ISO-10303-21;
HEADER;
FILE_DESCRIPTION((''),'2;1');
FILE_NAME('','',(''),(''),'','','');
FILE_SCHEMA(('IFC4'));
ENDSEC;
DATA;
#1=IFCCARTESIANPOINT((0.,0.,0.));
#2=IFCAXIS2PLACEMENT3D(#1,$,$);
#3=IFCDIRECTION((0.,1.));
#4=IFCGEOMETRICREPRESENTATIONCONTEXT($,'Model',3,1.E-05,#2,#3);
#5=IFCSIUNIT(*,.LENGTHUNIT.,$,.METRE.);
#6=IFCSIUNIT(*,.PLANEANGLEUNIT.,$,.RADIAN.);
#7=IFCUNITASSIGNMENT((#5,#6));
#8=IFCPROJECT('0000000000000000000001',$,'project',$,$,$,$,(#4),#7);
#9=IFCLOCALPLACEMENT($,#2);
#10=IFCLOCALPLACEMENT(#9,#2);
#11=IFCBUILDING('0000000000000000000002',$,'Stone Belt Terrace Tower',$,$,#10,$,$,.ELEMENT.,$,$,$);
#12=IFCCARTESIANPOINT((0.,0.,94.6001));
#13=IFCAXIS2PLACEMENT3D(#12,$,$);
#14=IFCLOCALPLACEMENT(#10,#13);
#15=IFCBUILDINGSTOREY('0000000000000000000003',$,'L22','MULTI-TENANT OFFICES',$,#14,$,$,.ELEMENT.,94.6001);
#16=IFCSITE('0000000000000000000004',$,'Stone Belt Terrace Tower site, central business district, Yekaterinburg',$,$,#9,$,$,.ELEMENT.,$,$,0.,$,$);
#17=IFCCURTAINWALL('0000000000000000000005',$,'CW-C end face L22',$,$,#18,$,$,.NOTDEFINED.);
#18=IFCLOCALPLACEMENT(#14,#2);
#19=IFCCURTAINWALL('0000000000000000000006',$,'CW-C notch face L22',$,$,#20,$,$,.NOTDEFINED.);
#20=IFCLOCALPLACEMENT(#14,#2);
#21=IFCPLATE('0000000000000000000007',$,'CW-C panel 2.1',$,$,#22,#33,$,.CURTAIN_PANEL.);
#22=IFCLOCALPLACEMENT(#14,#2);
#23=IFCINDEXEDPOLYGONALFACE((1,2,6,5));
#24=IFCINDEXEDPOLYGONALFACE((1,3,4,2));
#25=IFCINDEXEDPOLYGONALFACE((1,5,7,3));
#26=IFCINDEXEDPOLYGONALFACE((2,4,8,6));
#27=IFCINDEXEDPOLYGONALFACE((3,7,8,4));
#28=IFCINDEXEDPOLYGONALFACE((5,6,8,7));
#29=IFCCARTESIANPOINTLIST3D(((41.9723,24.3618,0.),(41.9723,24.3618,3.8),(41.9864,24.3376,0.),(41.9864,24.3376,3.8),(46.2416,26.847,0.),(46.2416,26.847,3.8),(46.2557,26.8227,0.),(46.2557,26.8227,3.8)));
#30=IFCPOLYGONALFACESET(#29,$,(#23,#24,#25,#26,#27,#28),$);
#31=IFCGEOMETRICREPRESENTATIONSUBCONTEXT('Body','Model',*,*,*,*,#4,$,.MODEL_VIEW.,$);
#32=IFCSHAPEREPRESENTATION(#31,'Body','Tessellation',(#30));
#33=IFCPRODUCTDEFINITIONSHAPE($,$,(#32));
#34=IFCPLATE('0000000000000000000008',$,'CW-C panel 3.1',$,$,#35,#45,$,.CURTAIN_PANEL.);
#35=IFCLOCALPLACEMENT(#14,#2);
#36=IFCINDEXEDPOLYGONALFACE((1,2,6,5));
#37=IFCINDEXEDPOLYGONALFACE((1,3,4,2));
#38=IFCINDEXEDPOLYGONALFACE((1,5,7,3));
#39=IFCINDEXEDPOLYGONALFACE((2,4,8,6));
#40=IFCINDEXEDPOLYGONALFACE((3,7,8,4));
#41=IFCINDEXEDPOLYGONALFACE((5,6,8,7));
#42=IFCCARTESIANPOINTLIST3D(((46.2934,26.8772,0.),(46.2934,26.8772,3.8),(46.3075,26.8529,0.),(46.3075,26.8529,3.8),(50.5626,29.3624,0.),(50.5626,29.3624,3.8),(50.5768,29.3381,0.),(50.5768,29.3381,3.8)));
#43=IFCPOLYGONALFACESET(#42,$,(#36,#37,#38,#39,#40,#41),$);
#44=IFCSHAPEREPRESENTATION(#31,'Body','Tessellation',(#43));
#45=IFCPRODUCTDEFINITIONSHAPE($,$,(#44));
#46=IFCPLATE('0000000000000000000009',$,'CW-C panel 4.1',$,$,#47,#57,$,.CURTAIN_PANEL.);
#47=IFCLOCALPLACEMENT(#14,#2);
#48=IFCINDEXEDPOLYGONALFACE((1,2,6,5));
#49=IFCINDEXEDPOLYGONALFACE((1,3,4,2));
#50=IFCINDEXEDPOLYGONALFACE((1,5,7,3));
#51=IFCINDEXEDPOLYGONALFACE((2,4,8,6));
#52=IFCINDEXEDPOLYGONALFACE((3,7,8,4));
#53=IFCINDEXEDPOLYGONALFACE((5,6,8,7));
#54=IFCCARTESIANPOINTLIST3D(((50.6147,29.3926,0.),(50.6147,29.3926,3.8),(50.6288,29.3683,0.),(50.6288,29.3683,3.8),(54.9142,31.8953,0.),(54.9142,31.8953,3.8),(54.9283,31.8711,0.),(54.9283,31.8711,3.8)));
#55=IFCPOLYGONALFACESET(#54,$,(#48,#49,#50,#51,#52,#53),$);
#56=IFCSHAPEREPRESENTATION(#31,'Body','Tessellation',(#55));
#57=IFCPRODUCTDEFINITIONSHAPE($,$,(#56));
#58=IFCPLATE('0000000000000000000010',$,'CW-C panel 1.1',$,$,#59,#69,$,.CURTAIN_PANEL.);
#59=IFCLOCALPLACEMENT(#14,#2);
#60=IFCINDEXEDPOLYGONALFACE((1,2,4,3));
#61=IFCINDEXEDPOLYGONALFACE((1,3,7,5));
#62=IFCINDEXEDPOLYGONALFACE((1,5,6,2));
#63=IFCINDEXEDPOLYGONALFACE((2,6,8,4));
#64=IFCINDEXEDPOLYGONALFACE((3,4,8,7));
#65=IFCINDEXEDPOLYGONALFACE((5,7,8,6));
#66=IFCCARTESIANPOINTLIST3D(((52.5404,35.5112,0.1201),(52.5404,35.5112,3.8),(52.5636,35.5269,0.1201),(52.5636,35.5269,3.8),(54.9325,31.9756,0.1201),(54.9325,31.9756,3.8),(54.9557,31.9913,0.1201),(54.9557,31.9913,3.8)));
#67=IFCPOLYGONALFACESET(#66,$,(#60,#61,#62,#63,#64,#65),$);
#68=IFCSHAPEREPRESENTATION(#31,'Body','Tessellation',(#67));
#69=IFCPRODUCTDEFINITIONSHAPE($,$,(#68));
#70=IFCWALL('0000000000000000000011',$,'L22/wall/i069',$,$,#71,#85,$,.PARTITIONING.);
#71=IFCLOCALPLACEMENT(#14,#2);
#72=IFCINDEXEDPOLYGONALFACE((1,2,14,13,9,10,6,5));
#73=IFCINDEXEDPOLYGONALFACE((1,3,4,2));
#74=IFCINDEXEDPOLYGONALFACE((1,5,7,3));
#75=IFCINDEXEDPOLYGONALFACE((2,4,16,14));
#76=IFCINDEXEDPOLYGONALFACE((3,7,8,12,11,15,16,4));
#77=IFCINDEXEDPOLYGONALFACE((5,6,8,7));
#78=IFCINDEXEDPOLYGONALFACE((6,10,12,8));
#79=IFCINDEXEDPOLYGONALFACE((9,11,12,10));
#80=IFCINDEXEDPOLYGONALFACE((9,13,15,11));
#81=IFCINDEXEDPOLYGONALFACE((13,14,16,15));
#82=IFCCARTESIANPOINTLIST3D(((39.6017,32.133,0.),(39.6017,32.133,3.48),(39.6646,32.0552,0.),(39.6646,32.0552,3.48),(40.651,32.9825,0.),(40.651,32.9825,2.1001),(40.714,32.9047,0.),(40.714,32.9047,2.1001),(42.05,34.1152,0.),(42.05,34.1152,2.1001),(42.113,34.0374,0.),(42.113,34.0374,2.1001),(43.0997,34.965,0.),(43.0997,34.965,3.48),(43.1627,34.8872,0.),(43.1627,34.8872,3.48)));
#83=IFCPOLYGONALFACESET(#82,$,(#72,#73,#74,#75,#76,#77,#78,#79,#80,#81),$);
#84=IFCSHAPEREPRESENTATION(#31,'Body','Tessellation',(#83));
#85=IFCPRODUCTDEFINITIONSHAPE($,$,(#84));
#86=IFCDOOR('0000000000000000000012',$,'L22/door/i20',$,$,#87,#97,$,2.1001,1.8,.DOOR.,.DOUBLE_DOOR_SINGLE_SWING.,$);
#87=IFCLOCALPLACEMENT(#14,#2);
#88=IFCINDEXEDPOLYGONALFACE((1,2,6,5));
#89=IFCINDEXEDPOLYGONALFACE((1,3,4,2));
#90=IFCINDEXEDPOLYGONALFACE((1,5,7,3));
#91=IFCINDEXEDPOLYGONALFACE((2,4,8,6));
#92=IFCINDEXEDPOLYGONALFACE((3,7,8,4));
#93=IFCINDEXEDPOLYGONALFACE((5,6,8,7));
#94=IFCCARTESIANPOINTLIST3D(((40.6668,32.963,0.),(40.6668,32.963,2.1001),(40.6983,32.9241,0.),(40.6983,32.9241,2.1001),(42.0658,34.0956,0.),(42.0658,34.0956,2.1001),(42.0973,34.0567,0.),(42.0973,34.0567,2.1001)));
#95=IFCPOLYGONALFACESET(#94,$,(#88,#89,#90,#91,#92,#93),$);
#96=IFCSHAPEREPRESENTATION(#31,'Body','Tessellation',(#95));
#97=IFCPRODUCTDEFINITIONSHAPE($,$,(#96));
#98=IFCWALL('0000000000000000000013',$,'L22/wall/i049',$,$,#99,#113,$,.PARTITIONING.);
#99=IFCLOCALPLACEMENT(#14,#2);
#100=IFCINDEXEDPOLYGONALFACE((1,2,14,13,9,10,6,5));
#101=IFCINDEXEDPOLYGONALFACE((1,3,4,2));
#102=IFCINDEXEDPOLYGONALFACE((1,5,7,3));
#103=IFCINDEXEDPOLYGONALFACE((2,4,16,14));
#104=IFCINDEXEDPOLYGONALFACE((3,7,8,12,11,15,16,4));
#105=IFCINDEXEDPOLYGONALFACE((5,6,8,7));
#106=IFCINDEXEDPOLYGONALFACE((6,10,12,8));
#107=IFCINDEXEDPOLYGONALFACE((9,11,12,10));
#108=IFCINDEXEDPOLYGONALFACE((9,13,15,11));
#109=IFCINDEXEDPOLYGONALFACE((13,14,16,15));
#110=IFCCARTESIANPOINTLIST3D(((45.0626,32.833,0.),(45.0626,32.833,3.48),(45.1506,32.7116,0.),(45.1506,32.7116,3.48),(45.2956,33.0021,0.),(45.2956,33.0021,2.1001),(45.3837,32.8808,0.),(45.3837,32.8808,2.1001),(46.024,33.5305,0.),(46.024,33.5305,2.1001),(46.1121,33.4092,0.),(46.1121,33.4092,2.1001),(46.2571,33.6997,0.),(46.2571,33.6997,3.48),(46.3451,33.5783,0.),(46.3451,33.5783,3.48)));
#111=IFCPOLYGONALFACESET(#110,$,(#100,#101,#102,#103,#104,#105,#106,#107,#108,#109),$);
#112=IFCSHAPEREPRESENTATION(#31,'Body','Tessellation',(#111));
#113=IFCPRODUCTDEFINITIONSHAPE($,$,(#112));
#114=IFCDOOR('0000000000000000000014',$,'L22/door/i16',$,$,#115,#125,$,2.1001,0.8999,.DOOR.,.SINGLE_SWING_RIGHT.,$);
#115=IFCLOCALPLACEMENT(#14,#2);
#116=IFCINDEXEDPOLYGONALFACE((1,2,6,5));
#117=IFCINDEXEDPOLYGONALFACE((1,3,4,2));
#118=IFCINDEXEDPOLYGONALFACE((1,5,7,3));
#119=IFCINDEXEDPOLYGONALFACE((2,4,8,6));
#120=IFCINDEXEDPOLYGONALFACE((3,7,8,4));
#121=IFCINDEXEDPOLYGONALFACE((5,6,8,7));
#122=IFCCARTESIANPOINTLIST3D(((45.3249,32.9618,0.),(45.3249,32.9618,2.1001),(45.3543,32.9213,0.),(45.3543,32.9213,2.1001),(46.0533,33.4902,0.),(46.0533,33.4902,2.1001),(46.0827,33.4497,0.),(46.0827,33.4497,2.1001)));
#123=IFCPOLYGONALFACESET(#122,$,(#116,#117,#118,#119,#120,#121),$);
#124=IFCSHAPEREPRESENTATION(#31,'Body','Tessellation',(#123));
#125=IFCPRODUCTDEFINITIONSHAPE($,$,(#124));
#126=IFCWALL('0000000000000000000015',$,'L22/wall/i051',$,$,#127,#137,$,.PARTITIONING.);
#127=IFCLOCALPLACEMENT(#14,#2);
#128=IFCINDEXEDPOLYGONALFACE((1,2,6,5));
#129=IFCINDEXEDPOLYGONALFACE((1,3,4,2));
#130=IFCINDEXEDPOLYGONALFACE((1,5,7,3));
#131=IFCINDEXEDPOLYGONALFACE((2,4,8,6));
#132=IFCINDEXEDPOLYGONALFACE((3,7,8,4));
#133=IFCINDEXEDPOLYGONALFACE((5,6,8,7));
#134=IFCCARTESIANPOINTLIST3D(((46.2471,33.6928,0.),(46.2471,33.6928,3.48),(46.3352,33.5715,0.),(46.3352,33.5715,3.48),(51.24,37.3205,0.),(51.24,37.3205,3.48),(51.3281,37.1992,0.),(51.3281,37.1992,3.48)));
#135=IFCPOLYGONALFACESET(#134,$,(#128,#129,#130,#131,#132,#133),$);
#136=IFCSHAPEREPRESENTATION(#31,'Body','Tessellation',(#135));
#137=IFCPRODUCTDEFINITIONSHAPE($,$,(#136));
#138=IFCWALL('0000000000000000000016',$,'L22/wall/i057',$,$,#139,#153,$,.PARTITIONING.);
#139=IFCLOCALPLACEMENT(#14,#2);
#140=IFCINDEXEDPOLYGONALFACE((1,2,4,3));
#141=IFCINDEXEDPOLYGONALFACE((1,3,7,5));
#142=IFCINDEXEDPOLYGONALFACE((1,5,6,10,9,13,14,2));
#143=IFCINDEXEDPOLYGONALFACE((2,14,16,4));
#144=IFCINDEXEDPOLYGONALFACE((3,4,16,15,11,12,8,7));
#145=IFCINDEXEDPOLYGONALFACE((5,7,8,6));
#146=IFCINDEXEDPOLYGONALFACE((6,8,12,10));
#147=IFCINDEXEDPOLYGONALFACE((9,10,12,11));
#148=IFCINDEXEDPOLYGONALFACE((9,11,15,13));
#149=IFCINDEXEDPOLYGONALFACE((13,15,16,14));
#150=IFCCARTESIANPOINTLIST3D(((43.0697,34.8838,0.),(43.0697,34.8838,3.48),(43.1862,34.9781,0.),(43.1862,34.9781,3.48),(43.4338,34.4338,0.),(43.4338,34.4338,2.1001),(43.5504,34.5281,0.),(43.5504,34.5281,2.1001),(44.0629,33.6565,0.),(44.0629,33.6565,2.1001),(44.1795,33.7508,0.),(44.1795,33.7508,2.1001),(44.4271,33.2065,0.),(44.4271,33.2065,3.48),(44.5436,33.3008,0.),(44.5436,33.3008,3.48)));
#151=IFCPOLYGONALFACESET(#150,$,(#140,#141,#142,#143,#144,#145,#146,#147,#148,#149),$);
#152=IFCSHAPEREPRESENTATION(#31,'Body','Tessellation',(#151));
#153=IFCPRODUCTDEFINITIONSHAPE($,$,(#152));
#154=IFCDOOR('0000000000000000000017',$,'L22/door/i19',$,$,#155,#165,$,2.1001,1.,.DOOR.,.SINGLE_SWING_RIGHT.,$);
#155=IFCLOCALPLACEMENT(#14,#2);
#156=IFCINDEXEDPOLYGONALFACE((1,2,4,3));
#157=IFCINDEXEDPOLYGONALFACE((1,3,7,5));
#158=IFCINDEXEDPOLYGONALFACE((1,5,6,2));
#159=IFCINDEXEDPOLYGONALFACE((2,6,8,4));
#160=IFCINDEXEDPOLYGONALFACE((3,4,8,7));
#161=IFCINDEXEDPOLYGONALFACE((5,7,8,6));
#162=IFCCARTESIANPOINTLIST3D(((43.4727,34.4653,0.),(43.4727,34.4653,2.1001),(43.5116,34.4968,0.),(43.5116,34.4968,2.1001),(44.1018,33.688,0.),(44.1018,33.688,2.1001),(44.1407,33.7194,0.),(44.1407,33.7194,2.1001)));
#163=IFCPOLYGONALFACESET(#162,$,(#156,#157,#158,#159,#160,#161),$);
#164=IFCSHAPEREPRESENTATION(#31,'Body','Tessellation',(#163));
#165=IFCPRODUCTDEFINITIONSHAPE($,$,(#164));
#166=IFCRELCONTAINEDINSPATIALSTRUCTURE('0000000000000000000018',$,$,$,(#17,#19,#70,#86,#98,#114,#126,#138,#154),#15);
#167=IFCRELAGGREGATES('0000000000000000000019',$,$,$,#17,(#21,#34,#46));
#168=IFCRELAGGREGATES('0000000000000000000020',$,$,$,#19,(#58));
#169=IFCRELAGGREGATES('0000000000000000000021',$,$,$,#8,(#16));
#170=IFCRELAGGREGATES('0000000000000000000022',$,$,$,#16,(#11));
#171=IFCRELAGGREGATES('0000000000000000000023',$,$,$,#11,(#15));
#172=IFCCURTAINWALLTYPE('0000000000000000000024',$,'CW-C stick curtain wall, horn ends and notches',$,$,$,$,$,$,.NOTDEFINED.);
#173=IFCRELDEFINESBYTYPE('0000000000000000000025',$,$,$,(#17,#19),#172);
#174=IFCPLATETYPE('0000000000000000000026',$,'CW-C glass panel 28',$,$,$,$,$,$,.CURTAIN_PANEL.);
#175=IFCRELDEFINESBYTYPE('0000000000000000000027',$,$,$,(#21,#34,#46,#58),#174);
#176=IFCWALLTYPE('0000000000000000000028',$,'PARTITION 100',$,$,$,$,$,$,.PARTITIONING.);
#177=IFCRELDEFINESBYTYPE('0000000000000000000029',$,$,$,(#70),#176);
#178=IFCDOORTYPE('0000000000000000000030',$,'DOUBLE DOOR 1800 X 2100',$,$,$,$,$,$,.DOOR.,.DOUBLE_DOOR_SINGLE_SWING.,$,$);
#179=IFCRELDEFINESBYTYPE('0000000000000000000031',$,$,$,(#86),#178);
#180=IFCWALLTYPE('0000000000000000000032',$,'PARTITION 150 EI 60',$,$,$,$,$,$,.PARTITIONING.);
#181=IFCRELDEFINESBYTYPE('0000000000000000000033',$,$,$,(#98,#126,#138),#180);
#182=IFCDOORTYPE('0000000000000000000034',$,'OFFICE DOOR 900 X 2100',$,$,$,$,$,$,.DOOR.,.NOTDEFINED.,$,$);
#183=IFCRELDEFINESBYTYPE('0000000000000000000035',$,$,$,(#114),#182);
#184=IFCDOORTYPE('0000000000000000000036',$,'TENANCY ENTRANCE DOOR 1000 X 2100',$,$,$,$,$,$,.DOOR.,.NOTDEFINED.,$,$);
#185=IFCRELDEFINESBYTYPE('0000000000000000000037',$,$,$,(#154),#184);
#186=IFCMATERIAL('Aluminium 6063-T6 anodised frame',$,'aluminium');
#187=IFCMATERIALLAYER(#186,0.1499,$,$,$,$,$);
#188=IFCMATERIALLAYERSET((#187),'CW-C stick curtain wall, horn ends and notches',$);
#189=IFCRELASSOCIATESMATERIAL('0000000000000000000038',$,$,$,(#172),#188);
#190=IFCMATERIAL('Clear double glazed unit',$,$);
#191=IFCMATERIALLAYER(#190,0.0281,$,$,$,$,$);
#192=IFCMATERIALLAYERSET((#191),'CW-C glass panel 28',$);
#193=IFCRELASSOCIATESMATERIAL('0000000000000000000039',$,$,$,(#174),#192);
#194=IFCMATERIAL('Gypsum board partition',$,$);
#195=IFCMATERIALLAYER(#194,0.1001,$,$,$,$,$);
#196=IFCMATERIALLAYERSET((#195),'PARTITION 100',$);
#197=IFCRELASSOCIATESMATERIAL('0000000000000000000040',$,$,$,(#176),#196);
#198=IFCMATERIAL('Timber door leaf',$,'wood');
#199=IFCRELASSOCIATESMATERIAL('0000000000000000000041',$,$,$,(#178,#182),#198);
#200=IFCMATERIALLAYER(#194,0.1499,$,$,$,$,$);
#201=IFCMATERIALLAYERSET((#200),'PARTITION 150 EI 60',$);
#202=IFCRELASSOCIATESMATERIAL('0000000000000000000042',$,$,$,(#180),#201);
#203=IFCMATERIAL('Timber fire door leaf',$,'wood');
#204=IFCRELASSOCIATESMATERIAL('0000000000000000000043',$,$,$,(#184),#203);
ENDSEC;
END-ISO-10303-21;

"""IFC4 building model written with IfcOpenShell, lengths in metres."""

from ifc_helpers import new_model, si_unit, direction, frame, frame_2d, origin, origin_2d, place, context, subcontext, project, spatial, rectangle, extrude, material, layer, layer_set, type_object, element, fill, aggregate, save


model = new_model("IFC4")

# Units and contexts
model_context = context("Model", 3, precision=1e-05, world=origin(), true_north=direction((0.0, 1.0)))
body_context = subcontext(model_context, "Body", "Model", "MODEL_VIEW")
ifc_project = project(units=[si_unit("LENGTHUNIT", "METRE"), si_unit("PLANEANGLEUNIT", "RADIAN")], contexts=[model_context])

# Site, building, storey
site_placement = place(None, origin())
site = spatial("IfcSite", under=ifc_project, at=site_placement, Name="Stone Belt Terrace Tower site, central business district, Yekaterinburg", CompositionType="ELEMENT", RefElevation=0.0)
building_placement = place(site_placement, origin())
building = spatial("IfcBuilding", under=site, at=building_placement, Name="Stone Belt Terrace Tower", CompositionType="ELEMENT")
storey_placement = place(building_placement, frame((0.0, 0.0, 94.6001)))
storey = spatial("IfcBuildingStorey", under=building, at=storey_placement, Name="L22", Description="MULTI-TENANT OFFICES", CompositionType="ELEMENT", Elevation=94.6001)

# Curtain wall
ifc_material_1 = material(Name="Aluminium 6063-T6 anodised frame", Category="aluminium")
ifc_layer_1 = layer(ifc_material_1, 0.1499)
ifc_layer_set_1 = layer_set([ifc_layer_1], Name="CW-C stick curtain wall, horn ends and notches")
curtain_wall_type = type_object("IfcCurtainWallType", Name="CW-C stick curtain wall, horn ends and notches", PredefinedType="NOTDEFINED", material=ifc_layer_set_1)
curtain_wall_1_placement = place(storey_placement, origin())
curtain_wall_1 = element("IfcCurtainWall", 1, at=curtain_wall_1_placement, inside=storey, type_object=curtain_wall_type, Name="CW-C end face L22", PredefinedType="NOTDEFINED")

# Curtain wall
curtain_wall_2_placement = place(storey_placement, origin())
curtain_wall_2 = element("IfcCurtainWall", 2, at=curtain_wall_2_placement, inside=storey, type_object=curtain_wall_type, Name="CW-C notch face L22", PredefinedType="NOTDEFINED")

# Plates
ifc_material_2 = material(Name="Clear double glazed unit")
ifc_layer_2 = layer(ifc_material_2, 0.0281)
ifc_layer_set_2 = layer_set([ifc_layer_2], Name="CW-C glass panel 28")
plate_type = type_object("IfcPlateType", Name="CW-C glass panel 28", PredefinedType="CURTAIN_PANEL", material=ifc_layer_set_2)
plate_1_placement = place(storey_placement, frame((44.114, 25.5923, 0.0), z_axis=(0.0, 0.0, 1.0), x_axis=(0.864239, 0.503081, 0.0)))
plate_1 = element("IfcPlate", 3, at=plate_1_placement, type_object=plate_type, Name="CW-C panel 2.1", PredefinedType="CURTAIN_PANEL", context=body_context, shape_type="SweptSolid", body=[
    extrude(rectangle(XDim=4.9399, YDim=0.0281, at=origin_2d()), origin(), (0.0, 0.0, 1.0), 3.8),
])
plate_2_placement = place(storey_placement, frame((48.4351, 28.1077, 0.0), z_axis=(0.0, 0.0, 1.0), x_axis=(0.864239, 0.503081, 0.0)))
plate_2 = element("IfcPlate", 4, at=plate_2_placement, type_object=plate_type, Name="CW-C panel 3.1", PredefinedType="CURTAIN_PANEL", context=body_context, shape_type="SweptSolid", body=[
    extrude(rectangle(XDim=4.9399, YDim=0.0281, at=origin_2d()), origin(), (0.0, 0.0, 1.0), 3.8),
])
plate_3_placement = place(storey_placement, frame((52.7715, 30.6318, 0.0), z_axis=(0.0, 0.0, 1.0), x_axis=(0.864239, 0.503081, 0.0)))
plate_3 = element("IfcPlate", 5, at=plate_3_placement, type_object=plate_type, Name="CW-C panel 4.1", PredefinedType="CURTAIN_PANEL", context=body_context, shape_type="SweptSolid", body=[
    extrude(rectangle(XDim=4.9749, YDim=0.0281, at=origin_2d()), origin(), (0.0, 0.0, 1.0), 3.8),
])
aggregate(curtain_wall_1, [plate_1, plate_2, plate_3])
plate_4_placement = place(storey_placement, frame((53.748, 33.7512, 0.1201), z_axis=(0.0, 0.0, 1.0), x_axis=(-0.560367, 0.828244, 0.0)))
plate_4 = element("IfcPlate", 6, at=plate_4_placement, type_object=plate_type, Name="CW-C panel 1.1", PredefinedType="CURTAIN_PANEL", context=body_context, shape_type="SweptSolid", body=[
    extrude(rectangle(XDim=4.2688, YDim=0.0281, at=origin_2d()), origin(), (0.0, 0.0, 1.0), 3.6799),
])
aggregate(curtain_wall_2, [plate_4])

# Walls, openings, doors
ifc_material_3 = material(Name="Gypsum board partition")
ifc_layer_3 = layer(ifc_material_3, 0.1001)
ifc_layer_set_3 = layer_set([ifc_layer_3], Name="PARTITION 100")
wall_type_1 = type_object("IfcWallType", Name="PARTITION 100", PredefinedType="PARTITIONING", material=ifc_layer_set_3)
wall_1_placement = place(storey_placement, frame((39.6331, 32.094, 0.0), z_axis=(0.0, 0.0, 1.0), x_axis=(0.777215, 0.629236, 0.0)))
wall_1 = element("IfcWall", 7, at=wall_1_placement, inside=storey, type_object=wall_type_1, Name="L22/wall/i069", PredefinedType="PARTITIONING", context=body_context, shape_type="SweptSolid", body=[
    extrude(rectangle(XDim=4.5007, YDim=0.1001, at=frame_2d((2.2505, 0.0))), origin(), (0.0, 0.0, 1.0), 3.48),
])
opening_1_placement = place(wall_1_placement, frame((1.3503, 0.0, 0.0)))
opening_1 = element("IfcOpeningElement", 8, at=opening_1_placement, cuts=wall_1, PredefinedType="OPENING", context=body_context, shape_type="SweptSolid", body=[
    extrude(rectangle(XDim=1.8, YDim=2.1001, at=frame_2d((0.8999, 1.05))), frame((0.0, 0.0601, 0.0), z_axis=(0.0, -1.0, 0.0), x_axis=(1.0, 0.0, 0.0)), (0.0, 0.0, 1.0), 0.1201),
])
ifc_material_4 = material(Name="Timber door leaf", Category="wood")
door_type_1 = type_object("IfcDoorType", Name="DOUBLE DOOR 1800 X 2100", OperationType="DOUBLE_DOOR_SINGLE_SWING", PredefinedType="DOOR", material=ifc_material_4)
door_1_placement = place(opening_1_placement, origin())
door_1 = element("IfcDoor", 9, at=door_1_placement, inside=storey, type_object=door_type_1, Name="L22/door/i20", OperationType="DOUBLE_DOOR_SINGLE_SWING", OverallHeight=2.1001, OverallWidth=1.8, PredefinedType="DOOR", context=body_context, shape_type="SweptSolid", body=[
    extrude(rectangle(XDim=1.8, YDim=2.1001, at=frame_2d((0.8999, 1.05))), frame((0.0, 0.0249, 0.0), z_axis=(0.0, -1.0, 0.0), x_axis=(1.0, 0.0, 0.0)), (0.0, 0.0, 1.0), 0.05),
])
fill(opening_1, door_1)
ifc_layer_4 = layer(ifc_material_3, 0.1499)
ifc_layer_set_4 = layer_set([ifc_layer_4], Name="PARTITION 150 EI 60")
wall_type_2 = type_object("IfcWallType", Name="PARTITION 150 EI 60", PredefinedType="PARTITIONING", material=ifc_layer_set_4)
wall_2_placement = place(storey_placement, frame((46.301, 33.6389, 0.0), z_axis=(0.0, 0.0, 1.0), x_axis=(-0.809408, -0.587247, 0.0)))
wall_2 = element("IfcWall", 10, at=wall_2_placement, inside=storey, type_object=wall_type_2, Name="L22/wall/i049", PredefinedType="PARTITIONING", context=body_context, shape_type="SweptSolid", body=[
    extrude(rectangle(XDim=1.4758, YDim=0.1499, at=frame_2d((0.7378, 0.0))), origin(), (0.0, 0.0, 1.0), 3.48),
])
opening_2_placement = place(wall_2_placement, frame((0.2878, 0.0, 0.0)))
opening_2 = element("IfcOpeningElement", 11, at=opening_2_placement, cuts=wall_2, PredefinedType="OPENING", context=body_context, shape_type="SweptSolid", body=[
    extrude(rectangle(XDim=0.8999, YDim=2.1001, at=frame_2d((0.45, 1.05))), frame((0.0, 0.085, 0.0), z_axis=(0.0, -1.0, 0.0), x_axis=(1.0, 0.0, 0.0)), (0.0, 0.0, 1.0), 0.1699),
])
door_type_2 = type_object("IfcDoorType", Name="OFFICE DOOR 900 X 2100", OperationType="NOTDEFINED", PredefinedType="DOOR", material=ifc_material_4)
door_2_placement = place(opening_2_placement, origin())
door_2 = element("IfcDoor", 12, at=door_2_placement, inside=storey, type_object=door_type_2, Name="L22/door/i16", OperationType="SINGLE_SWING_RIGHT", OverallHeight=2.1001, OverallWidth=0.8999, PredefinedType="DOOR", context=body_context, shape_type="SweptSolid", body=[
    extrude(rectangle(XDim=0.8999, YDim=2.1001, at=frame_2d((0.45, 1.05))), frame((0.0, 0.0249, 0.0), z_axis=(0.0, -1.0, 0.0), x_axis=(1.0, 0.0, 0.0)), (0.0, 0.0, 1.0), 0.05),
])
fill(opening_2, door_2)

# Wall
wall_3_placement = place(storey_placement, frame((46.291, 33.6321, 0.0), z_axis=(0.0, 0.0, 1.0), x_axis=(0.809008, 0.587798, 0.0)))
element("IfcWall", 13, at=wall_3_placement, inside=storey, type_object=wall_type_2, Name="L22/wall/i051", PredefinedType="PARTITIONING", context=body_context, shape_type="SweptSolid", body=[
    extrude(rectangle(XDim=6.1716, YDim=0.1499, at=frame_2d((3.0859, 0.0))), origin(), (0.0, 0.0, 1.0), 3.48),
])

# Wall, opening, door
wall_4_placement = place(storey_placement, frame((44.4854, 33.2537, 0.0), z_axis=(0.0, 0.0, 1.0), x_axis=(-0.629101, 0.777324, 0.0)))
wall_4 = element("IfcWall", 14, at=wall_4_placement, inside=storey, type_object=wall_type_2, Name="L22/wall/i057", PredefinedType="PARTITIONING", context=body_context, shape_type="SweptSolid", body=[
    extrude(rectangle(XDim=2.1577, YDim=0.1499, at=frame_2d((1.0789, 0.0))), origin(), (0.0, 0.0, 1.0), 3.48),
])
opening_3_placement = place(wall_4_placement, frame((0.5789, 0.0, 0.0)))
opening_3 = element("IfcOpeningElement", 15, at=opening_3_placement, cuts=wall_4, PredefinedType="OPENING", context=body_context, shape_type="SweptSolid", body=[
    extrude(rectangle(XDim=1.0, YDim=2.1001, at=frame_2d((0.5, 1.05))), frame((0.0, 0.085, 0.0), z_axis=(0.0, -1.0, 0.0), x_axis=(1.0, 0.0, 0.0)), (0.0, 0.0, 1.0), 0.1699),
])
ifc_material_5 = material(Name="Timber fire door leaf", Category="wood")
door_type_3 = type_object("IfcDoorType", Name="TENANCY ENTRANCE DOOR 1000 X 2100", OperationType="NOTDEFINED", PredefinedType="DOOR", material=ifc_material_5)
door_3_placement = place(opening_3_placement, origin())
door_3 = element("IfcDoor", 16, at=door_3_placement, inside=storey, type_object=door_type_3, Name="L22/door/i19", OperationType="SINGLE_SWING_RIGHT", OverallHeight=2.1001, OverallWidth=1.0, PredefinedType="DOOR", context=body_context, shape_type="SweptSolid", body=[
    extrude(rectangle(XDim=1.0, YDim=2.1001, at=frame_2d((0.5, 1.05))), frame((0.0, 0.0249, 0.0), z_axis=(0.0, -1.0, 0.0), x_axis=(1.0, 0.0, 0.0)), (0.0, 0.0, 1.0), 0.05),
])
fill(opening_3, door_3)

save(model, "model.ifc")
